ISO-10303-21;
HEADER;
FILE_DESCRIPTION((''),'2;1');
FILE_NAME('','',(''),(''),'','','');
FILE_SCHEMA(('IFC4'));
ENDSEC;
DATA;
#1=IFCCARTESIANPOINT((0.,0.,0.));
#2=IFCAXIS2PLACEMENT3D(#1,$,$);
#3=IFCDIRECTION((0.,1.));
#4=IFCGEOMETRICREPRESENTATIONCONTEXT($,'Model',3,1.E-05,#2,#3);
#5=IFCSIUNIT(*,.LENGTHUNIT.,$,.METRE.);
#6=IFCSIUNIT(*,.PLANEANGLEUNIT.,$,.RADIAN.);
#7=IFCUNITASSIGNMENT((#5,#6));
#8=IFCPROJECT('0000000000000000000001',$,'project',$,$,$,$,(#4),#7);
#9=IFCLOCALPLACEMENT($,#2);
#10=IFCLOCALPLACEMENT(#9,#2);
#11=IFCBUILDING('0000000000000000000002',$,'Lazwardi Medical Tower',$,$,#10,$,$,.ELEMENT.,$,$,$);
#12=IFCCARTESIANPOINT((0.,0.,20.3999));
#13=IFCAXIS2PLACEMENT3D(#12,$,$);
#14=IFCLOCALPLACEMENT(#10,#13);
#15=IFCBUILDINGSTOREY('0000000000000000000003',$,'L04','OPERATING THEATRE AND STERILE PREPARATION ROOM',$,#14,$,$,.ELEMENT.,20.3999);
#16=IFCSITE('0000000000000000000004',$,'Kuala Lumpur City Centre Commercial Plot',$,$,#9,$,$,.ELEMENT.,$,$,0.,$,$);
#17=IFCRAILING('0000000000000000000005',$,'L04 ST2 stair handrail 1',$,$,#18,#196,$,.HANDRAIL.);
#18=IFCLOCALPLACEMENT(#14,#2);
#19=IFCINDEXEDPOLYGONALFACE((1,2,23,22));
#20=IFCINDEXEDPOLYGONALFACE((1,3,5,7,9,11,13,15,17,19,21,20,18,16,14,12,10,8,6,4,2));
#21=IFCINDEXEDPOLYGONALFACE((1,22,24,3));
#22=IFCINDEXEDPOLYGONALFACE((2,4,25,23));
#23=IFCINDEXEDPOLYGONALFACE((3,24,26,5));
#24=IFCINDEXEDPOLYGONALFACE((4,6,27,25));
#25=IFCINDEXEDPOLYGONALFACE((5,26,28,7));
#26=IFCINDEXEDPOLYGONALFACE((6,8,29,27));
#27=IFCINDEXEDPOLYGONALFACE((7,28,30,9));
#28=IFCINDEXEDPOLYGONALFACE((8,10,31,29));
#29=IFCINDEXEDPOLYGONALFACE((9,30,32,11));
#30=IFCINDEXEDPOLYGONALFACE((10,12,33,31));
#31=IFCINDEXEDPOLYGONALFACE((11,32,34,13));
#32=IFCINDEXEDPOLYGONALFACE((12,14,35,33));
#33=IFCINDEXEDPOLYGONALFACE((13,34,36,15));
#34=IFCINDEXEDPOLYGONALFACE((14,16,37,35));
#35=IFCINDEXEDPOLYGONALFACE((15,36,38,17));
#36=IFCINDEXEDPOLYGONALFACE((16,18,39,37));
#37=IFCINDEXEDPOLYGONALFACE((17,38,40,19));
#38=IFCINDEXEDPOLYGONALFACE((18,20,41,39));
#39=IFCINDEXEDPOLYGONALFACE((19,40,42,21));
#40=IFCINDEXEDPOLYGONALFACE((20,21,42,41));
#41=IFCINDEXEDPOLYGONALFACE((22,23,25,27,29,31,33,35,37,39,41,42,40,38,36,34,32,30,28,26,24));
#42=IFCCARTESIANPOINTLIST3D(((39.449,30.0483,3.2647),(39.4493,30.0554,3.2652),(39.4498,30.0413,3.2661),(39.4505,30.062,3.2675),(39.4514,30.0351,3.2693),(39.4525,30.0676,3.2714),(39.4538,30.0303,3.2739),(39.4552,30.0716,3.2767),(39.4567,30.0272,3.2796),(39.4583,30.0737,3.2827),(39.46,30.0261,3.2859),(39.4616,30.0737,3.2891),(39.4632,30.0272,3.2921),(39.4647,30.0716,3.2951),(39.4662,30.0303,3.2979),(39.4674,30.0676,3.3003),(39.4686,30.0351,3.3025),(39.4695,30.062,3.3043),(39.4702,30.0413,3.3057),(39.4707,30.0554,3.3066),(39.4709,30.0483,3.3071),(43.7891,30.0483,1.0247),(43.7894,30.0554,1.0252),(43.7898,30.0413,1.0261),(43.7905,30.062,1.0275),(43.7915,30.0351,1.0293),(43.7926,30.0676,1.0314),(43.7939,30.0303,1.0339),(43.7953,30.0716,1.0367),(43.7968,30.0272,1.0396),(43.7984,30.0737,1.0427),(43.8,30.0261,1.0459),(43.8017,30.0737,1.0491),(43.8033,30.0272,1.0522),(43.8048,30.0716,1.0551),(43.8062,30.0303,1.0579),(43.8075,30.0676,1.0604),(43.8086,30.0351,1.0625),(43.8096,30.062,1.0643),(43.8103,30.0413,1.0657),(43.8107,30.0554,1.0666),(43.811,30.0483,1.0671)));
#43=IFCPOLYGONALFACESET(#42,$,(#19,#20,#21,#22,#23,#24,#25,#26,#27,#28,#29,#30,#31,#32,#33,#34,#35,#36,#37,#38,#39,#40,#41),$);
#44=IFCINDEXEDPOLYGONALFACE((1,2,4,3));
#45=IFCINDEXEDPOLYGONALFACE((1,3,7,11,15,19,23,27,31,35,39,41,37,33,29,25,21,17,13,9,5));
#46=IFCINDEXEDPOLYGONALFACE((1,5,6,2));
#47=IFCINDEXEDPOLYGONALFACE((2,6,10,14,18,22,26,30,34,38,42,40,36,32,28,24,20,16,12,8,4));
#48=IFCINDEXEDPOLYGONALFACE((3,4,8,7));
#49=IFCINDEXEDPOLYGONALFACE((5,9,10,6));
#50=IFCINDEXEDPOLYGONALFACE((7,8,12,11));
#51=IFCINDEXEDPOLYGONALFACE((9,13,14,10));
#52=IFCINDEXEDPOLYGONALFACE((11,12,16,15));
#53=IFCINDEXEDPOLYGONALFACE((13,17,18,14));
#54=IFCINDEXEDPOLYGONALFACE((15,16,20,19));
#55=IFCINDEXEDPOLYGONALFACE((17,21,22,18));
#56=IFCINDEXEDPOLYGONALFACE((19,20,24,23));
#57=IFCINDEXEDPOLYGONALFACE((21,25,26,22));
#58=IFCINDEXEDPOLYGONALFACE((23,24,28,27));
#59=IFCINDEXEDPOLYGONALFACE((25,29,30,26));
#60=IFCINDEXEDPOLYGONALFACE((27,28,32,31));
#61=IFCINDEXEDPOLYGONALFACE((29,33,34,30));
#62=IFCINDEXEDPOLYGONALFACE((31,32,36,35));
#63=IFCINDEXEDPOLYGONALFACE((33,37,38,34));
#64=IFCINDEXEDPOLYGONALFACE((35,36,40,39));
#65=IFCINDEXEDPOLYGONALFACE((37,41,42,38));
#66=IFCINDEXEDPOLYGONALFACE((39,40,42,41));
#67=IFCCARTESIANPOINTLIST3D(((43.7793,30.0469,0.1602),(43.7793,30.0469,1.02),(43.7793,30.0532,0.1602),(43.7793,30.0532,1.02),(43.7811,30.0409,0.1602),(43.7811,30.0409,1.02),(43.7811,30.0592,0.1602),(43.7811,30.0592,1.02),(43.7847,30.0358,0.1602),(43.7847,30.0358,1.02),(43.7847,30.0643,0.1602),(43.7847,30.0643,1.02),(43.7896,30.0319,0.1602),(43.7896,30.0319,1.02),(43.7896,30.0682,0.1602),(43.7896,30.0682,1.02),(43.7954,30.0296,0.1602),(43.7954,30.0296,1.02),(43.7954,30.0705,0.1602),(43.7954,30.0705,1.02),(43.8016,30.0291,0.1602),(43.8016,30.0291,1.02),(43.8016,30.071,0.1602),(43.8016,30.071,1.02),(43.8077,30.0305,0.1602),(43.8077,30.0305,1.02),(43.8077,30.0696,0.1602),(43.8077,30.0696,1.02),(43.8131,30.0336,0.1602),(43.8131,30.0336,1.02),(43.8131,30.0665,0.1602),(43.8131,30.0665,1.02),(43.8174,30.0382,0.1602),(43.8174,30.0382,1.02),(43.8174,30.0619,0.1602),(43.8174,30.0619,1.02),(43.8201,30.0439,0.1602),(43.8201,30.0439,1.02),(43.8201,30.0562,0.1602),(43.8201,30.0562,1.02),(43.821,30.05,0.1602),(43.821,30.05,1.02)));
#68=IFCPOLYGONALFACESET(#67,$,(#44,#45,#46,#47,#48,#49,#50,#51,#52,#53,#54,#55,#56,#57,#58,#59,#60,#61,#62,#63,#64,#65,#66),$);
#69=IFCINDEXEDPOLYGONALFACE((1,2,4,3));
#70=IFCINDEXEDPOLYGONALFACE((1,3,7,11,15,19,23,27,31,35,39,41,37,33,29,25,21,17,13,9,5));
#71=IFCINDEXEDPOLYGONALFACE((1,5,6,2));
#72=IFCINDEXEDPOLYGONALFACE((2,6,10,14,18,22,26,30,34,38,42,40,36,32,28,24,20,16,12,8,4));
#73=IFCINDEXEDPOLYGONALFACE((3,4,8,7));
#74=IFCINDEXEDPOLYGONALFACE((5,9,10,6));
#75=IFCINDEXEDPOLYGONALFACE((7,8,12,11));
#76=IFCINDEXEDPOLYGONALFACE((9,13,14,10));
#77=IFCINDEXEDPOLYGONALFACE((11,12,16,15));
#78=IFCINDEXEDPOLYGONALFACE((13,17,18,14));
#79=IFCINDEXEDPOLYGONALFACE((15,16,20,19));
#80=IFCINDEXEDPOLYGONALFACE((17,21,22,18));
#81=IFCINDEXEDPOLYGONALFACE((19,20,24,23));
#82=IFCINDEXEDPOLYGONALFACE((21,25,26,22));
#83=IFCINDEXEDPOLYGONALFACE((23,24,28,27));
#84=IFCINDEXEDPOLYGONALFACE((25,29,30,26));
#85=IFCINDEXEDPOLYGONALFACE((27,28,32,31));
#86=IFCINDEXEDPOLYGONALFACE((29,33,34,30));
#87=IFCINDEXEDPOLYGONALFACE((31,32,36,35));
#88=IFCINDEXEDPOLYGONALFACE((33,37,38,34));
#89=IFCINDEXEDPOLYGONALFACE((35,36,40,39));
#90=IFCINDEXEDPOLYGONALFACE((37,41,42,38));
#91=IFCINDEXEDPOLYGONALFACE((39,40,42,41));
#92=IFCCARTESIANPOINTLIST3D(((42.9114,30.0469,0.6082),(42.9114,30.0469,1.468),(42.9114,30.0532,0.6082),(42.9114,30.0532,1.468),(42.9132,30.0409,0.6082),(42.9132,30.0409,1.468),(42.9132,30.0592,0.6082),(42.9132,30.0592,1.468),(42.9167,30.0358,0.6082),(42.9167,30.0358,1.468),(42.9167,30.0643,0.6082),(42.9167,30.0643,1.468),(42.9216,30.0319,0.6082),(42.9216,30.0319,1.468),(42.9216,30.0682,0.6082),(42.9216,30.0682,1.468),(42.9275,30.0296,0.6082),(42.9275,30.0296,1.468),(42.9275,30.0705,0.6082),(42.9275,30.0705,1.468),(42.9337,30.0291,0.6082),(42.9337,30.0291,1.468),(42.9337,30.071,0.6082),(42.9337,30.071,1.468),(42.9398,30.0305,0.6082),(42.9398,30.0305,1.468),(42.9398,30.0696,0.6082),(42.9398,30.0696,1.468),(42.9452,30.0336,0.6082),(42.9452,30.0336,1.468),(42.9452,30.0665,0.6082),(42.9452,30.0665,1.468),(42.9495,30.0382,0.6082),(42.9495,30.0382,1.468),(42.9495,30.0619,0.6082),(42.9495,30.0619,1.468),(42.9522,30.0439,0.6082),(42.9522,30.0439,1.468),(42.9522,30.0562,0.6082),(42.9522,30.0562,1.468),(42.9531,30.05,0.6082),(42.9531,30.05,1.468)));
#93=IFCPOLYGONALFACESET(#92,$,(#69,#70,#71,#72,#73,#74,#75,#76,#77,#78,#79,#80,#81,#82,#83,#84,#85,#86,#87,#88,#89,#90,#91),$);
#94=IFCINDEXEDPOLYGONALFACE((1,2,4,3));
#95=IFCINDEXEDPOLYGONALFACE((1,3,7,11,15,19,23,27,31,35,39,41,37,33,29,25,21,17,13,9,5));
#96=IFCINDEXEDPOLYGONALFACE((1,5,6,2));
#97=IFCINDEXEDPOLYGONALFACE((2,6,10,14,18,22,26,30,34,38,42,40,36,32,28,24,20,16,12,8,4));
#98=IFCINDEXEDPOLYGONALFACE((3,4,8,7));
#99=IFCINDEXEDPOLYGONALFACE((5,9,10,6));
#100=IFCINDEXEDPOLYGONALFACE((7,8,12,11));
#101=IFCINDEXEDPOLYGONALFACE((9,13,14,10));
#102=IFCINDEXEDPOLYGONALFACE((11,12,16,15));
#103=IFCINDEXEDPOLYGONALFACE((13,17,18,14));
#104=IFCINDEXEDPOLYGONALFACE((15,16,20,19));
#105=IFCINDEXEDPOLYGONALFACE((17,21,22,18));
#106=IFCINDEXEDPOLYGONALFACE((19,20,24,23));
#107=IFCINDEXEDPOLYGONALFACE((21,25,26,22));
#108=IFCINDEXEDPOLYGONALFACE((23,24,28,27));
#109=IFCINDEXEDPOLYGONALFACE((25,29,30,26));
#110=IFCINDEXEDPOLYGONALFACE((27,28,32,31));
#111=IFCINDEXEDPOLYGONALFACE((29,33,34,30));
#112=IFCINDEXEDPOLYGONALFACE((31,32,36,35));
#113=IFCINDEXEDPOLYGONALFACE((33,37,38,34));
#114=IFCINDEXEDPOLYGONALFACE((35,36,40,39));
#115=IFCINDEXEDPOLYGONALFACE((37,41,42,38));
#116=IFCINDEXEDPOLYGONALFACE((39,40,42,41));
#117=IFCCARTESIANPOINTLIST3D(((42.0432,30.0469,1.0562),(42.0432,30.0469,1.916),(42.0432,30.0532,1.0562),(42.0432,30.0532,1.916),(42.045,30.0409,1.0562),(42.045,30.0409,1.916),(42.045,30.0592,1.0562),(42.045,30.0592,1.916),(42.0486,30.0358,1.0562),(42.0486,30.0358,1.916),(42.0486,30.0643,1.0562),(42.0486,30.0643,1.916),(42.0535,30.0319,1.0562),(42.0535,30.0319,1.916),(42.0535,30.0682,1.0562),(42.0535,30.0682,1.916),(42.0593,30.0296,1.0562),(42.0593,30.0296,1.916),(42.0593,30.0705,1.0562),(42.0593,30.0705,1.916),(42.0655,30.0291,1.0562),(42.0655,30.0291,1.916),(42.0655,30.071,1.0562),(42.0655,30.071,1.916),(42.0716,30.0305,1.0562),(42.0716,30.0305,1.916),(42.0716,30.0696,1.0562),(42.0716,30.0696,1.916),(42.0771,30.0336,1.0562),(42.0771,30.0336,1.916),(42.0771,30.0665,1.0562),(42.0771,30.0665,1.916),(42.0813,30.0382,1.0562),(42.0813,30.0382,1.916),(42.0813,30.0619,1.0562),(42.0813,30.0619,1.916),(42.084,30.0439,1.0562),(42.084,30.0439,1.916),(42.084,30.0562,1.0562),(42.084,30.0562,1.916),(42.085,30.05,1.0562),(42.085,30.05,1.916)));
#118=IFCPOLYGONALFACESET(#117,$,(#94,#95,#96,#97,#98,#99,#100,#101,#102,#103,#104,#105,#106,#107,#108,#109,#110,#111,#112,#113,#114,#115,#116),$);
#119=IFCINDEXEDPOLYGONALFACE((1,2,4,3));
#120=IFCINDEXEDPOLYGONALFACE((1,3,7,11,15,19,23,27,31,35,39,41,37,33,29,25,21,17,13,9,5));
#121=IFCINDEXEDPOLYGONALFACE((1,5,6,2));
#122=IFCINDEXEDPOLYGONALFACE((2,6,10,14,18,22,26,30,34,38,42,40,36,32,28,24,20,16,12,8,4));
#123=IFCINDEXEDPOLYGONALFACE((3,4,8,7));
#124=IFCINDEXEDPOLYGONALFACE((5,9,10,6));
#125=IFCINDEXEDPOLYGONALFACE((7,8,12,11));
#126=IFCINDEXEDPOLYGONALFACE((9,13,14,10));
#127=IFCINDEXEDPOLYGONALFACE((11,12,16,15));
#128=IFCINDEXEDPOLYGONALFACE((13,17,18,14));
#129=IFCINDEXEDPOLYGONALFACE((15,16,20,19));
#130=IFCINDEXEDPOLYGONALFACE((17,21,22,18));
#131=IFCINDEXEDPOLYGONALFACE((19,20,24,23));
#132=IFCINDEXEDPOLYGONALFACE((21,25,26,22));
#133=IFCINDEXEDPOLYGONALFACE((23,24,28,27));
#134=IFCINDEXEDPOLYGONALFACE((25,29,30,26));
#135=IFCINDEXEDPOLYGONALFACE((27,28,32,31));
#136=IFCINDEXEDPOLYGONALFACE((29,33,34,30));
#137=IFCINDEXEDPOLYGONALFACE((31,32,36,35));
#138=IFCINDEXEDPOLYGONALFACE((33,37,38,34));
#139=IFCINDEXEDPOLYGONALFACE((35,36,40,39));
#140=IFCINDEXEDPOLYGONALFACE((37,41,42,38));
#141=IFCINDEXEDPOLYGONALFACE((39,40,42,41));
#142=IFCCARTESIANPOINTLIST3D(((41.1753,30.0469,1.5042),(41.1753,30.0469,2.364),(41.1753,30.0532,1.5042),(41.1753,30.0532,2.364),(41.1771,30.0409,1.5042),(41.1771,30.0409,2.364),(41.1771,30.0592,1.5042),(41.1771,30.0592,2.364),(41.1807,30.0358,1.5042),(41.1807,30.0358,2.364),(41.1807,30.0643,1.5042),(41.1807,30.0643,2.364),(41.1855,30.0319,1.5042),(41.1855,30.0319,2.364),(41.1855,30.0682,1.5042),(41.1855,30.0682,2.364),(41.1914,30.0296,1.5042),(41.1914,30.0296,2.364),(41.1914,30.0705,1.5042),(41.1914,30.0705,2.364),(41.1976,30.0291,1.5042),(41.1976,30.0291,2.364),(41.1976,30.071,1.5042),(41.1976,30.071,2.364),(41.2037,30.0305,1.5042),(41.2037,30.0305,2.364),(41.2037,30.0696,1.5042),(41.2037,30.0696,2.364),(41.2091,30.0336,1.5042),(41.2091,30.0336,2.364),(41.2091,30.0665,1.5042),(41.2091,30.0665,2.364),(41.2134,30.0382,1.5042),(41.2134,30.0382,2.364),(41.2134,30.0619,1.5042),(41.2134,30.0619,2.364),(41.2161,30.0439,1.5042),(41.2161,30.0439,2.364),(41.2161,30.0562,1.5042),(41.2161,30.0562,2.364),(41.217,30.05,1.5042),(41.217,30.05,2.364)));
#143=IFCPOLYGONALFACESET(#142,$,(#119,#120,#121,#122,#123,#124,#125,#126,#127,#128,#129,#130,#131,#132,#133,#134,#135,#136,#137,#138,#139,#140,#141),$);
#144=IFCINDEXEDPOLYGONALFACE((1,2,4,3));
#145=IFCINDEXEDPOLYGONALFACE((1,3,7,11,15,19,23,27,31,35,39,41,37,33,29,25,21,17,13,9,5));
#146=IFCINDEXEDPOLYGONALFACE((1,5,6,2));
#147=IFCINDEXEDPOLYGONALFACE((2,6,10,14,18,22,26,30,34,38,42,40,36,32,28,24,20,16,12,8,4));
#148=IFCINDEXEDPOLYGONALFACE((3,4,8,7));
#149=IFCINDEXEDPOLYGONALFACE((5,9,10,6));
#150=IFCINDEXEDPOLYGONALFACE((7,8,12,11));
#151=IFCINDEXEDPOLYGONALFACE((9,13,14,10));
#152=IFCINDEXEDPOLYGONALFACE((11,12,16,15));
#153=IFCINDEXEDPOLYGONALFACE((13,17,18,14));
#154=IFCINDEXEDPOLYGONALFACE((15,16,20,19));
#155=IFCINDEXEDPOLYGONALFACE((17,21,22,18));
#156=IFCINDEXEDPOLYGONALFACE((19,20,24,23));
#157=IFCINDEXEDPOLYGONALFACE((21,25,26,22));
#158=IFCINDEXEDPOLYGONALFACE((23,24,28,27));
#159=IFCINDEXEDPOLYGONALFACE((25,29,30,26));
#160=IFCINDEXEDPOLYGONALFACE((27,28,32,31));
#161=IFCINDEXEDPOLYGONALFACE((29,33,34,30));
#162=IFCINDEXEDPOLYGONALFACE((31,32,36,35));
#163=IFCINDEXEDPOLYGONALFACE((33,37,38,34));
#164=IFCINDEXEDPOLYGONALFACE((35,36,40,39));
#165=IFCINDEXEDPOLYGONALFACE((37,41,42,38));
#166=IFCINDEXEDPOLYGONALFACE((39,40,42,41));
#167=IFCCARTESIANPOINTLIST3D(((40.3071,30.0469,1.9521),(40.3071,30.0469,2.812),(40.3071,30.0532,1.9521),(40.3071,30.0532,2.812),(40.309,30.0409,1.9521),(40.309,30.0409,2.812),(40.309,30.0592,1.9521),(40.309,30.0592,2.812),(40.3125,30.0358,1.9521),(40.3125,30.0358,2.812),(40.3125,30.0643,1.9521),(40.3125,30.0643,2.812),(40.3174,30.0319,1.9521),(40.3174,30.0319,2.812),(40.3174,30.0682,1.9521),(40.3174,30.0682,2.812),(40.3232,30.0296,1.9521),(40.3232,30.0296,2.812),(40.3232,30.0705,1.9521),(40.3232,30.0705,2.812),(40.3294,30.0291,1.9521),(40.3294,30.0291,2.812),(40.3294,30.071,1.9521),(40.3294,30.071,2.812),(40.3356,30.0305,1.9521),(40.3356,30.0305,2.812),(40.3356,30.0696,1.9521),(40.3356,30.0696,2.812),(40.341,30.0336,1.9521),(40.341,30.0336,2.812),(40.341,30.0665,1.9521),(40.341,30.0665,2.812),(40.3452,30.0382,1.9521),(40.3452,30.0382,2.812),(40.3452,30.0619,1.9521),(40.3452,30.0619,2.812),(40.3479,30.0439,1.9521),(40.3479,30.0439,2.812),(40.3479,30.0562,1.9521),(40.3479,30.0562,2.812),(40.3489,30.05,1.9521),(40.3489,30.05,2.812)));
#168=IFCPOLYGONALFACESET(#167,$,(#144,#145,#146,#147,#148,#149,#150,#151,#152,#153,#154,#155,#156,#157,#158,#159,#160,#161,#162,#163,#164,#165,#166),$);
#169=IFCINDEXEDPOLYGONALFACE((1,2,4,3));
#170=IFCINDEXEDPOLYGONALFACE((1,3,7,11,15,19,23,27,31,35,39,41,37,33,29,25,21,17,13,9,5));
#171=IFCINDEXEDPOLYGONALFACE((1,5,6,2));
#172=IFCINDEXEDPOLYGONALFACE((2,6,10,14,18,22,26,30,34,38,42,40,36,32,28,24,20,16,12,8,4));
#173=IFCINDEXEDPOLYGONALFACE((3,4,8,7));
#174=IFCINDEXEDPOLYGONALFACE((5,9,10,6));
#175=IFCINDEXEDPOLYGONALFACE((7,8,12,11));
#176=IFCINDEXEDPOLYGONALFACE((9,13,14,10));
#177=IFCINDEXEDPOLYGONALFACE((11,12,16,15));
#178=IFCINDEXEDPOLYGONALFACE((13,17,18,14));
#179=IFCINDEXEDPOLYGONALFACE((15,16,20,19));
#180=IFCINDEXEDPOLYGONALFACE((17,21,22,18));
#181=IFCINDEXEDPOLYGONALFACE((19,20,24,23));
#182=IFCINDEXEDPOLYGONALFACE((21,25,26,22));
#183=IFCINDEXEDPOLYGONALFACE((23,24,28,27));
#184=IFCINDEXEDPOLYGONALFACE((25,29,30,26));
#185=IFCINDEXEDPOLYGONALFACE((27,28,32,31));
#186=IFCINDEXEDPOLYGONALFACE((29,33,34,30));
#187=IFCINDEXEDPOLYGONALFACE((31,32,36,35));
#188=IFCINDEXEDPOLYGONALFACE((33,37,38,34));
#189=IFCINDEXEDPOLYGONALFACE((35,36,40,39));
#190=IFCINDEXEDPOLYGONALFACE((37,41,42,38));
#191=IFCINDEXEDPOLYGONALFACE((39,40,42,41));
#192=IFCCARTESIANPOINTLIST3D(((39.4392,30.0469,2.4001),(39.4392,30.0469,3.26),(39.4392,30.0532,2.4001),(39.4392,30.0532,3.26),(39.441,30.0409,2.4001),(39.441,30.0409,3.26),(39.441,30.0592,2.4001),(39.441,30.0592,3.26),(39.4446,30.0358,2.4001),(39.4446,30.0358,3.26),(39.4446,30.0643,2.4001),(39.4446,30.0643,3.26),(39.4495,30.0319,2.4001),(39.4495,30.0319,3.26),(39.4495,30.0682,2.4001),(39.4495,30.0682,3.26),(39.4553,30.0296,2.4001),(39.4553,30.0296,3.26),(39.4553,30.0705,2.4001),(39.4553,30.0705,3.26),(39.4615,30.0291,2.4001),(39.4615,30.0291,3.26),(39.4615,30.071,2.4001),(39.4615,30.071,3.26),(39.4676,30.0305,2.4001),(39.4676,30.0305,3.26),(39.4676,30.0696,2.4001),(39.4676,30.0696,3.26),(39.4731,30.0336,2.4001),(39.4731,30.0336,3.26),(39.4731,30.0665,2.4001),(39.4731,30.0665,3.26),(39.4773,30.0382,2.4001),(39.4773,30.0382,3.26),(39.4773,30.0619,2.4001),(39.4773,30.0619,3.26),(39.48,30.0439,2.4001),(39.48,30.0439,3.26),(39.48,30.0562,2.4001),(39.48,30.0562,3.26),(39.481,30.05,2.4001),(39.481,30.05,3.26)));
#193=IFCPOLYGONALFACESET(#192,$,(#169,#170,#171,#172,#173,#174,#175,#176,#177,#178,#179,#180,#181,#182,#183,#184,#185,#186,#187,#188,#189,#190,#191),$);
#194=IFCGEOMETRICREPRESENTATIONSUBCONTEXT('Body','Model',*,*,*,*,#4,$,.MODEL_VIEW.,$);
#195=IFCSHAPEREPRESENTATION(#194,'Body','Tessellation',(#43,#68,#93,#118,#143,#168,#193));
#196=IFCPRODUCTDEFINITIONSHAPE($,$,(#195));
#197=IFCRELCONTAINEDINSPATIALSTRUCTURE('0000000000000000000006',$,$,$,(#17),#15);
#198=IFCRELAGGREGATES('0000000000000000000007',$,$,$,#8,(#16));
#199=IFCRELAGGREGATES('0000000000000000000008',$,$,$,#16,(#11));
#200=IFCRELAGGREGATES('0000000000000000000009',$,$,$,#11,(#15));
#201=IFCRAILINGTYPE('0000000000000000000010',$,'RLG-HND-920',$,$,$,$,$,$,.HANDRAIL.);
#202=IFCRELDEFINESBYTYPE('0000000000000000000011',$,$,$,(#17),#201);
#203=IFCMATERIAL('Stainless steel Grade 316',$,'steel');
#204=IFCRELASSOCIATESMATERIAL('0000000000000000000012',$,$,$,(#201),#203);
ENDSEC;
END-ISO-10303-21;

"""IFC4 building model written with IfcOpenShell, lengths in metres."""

from ifc_helpers import new_model, si_unit, direction, frame, origin, origin_2d, place, context, subcontext, project, spatial, circle, extrude, material, type_object, element, save


model = new_model("IFC4")

# Units and contexts
model_context = context("Model", 3, precision=1e-05, world=origin(), true_north=direction((0.0, 1.0)))
body_context = subcontext(model_context, "Body", "Model", "MODEL_VIEW")
ifc_project = project(units=[si_unit("LENGTHUNIT", "METRE"), si_unit("PLANEANGLEUNIT", "RADIAN")], contexts=[model_context])

# Site, building, storey
site_placement = place(None, origin())
site = spatial("IfcSite", under=ifc_project, at=site_placement, Name="Kuala Lumpur City Centre Commercial Plot", CompositionType="ELEMENT", RefElevation=0.0)
building_placement = place(site_placement, origin())
building = spatial("IfcBuilding", under=site, at=building_placement, Name="Lazwardi Medical Tower", CompositionType="ELEMENT")
storey_placement = place(building_placement, frame((0.0, 0.0, 20.3999)))
storey = spatial("IfcBuildingStorey", under=building, at=storey_placement, Name="L04", Description="OPERATING THEATRE AND STERILE PREPARATION ROOM", CompositionType="ELEMENT", Elevation=20.3999)

# Railing
ifc_material_1 = material(Name="Stainless steel Grade 316", Category="steel")
railing_type_1 = type_object("IfcRailingType", Name="RLG-HND-920", PredefinedType="HANDRAIL", material=ifc_material_1)
railing_1_placement = place(storey_placement, frame((43.8, 30.05, 0.1602)))
element("IfcRailing", 1, at=railing_1_placement, inside=storey, type_object=railing_type_1, Name="L04 ST2 stair handrail 1", PredefinedType="HANDRAIL", context=body_context, shape_type="SweptSolid", body=[
    extrude(circle(Radius=0.0239, at=origin_2d()), frame((0.0, 0.0, 0.8857), z_axis=(-0.888625, 0.0, 0.458634), x_axis=(0.0, -1.0, 0.0)), (0.0, 0.0, 1.0), 4.884),
    extrude(circle(Radius=0.021, at=origin_2d()), origin(), (0.0, 0.0, 1.0), 0.8599),
    extrude(circle(Radius=0.021, at=origin_2d()), frame((-0.8679, 0.0, 0.448)), (0.0, 0.0, 1.0), 0.8599),
    extrude(circle(Radius=0.021, at=origin_2d()), frame((-1.7361, 0.0, 0.896)), (0.0, 0.0, 1.0), 0.8599),
    extrude(circle(Radius=0.021, at=origin_2d()), frame((-2.604, 0.0, 1.344)), (0.0, 0.0, 1.0), 0.8599),
    extrude(circle(Radius=0.021, at=origin_2d()), frame((-3.4722, 0.0, 1.792)), (0.0, 0.0, 1.0), 0.8599),
    extrude(circle(Radius=0.021, at=origin_2d()), frame((-4.3401, 0.0, 2.24)), (0.0, 0.0, 1.0), 0.8599),
])

save(model, "model.ifc")
